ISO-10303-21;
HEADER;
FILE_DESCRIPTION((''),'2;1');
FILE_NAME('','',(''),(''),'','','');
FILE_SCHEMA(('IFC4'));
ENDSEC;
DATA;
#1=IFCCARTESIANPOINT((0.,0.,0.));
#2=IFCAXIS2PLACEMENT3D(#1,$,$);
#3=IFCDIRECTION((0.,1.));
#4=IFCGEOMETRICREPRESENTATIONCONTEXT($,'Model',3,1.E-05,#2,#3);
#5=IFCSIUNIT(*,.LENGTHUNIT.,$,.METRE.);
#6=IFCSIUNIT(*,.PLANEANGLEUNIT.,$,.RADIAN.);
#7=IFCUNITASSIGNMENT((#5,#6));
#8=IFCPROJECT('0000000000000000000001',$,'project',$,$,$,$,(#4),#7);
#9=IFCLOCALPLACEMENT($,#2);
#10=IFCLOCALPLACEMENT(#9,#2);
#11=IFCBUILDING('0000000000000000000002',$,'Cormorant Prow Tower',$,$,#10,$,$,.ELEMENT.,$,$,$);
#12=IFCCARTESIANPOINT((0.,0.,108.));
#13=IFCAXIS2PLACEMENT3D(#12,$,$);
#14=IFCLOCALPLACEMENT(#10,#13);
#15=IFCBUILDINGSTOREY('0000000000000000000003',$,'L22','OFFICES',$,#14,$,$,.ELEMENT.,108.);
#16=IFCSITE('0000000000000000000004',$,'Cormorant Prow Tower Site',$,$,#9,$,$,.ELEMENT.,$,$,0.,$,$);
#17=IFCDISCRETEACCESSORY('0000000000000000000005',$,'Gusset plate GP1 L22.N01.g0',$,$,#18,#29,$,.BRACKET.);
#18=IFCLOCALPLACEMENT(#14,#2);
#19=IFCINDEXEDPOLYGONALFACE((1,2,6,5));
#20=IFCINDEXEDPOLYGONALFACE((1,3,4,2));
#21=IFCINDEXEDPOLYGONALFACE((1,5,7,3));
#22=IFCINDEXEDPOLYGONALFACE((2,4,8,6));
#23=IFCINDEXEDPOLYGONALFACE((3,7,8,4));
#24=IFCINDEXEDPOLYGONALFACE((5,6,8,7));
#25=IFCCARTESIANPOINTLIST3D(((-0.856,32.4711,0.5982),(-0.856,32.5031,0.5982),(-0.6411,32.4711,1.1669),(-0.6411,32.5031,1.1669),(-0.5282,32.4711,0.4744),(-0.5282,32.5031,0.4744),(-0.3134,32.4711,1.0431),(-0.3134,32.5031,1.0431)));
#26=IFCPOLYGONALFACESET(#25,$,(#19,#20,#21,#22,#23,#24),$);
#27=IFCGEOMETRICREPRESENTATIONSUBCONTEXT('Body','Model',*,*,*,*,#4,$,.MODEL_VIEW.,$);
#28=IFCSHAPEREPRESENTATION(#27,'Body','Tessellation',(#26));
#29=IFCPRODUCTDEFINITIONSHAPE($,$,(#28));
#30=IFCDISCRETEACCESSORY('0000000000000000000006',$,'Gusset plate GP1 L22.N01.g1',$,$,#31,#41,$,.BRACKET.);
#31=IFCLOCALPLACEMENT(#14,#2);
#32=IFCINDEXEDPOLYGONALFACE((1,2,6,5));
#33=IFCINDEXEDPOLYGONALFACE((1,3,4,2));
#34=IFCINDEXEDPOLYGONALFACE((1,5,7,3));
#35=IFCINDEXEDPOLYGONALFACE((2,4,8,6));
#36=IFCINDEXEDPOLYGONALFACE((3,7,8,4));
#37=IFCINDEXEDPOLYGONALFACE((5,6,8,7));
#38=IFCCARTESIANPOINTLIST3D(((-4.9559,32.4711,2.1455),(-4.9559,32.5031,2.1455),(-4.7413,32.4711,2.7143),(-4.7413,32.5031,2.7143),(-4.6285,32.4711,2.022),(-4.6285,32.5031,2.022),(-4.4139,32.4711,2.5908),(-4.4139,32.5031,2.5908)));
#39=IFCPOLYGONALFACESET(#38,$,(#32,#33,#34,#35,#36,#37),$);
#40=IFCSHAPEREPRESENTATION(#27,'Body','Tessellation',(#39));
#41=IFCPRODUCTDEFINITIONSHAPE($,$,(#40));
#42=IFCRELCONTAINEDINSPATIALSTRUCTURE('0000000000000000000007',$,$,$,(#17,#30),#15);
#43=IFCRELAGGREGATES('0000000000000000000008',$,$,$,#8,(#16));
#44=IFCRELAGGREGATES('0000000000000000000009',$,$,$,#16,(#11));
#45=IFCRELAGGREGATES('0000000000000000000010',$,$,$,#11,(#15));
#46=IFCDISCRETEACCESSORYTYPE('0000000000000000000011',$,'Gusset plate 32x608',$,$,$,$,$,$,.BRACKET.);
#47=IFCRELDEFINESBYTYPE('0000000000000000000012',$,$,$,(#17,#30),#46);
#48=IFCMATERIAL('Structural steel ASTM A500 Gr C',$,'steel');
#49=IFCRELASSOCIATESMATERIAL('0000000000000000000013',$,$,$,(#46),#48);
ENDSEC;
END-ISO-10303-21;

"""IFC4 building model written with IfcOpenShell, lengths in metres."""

from ifc_helpers import new_model, si_unit, direction, frame, origin, origin_2d, place, context, subcontext, project, spatial, rectangle, extrude, material, material_profile, profile_set, type_object, element, save


model = new_model("IFC4")

# Units and contexts
model_context = context("Model", 3, precision=1e-05, world=origin(), true_north=direction((0.0, 1.0)))
body_context = subcontext(model_context, "Body", "Model", "MODEL_VIEW")
ifc_project = project(units=[si_unit("LENGTHUNIT", "METRE"), si_unit("PLANEANGLEUNIT", "RADIAN")], contexts=[model_context])

# Site, building, storey
site_placement = place(None, origin())
site = spatial("IfcSite", under=ifc_project, at=site_placement, Name="Cormorant Prow Tower Site", CompositionType="ELEMENT", RefElevation=0.0)
building_placement = place(site_placement, origin())
building = spatial("IfcBuilding", under=site, at=building_placement, Name="Cormorant Prow Tower", CompositionType="ELEMENT")
storey_placement = place(building_placement, frame((0.0, 0.0, 108.0)))
storey = spatial("IfcBuildingStorey", under=building, at=storey_placement, Name="L22", Description="OFFICES", CompositionType="ELEMENT", Elevation=108.0)

# Discrete accessories
ifc_material_1 = material(Name="Structural steel ASTM A500 Gr C", Category="steel")
ifc_material_profile_1 = material_profile(ifc_material_1, rectangle(XDim=0.032, YDim=0.6079, at=origin_2d()), Name="Gusset plate 32x608")
ifc_profile_set_1 = profile_set([ifc_material_profile_1], Name="Structural steel ASTM A500 Gr C")
discrete_accessory_type = type_object("IfcDiscreteAccessoryType", Name="Gusset plate 32x608", PredefinedType="BRACKET", material=ifc_profile_set_1)
discrete_accessory_1_placement = place(storey_placement, frame((-0.7485, 32.4871, 0.8826), z_axis=(0.935467, 0.0, -0.353414), x_axis=(0.0, 1.0, 0.0)))
element("IfcDiscreteAccessory", 1, at=discrete_accessory_1_placement, inside=storey, type_object=discrete_accessory_type, Name="Gusset plate GP1 L22.N01.g0", PredefinedType="BRACKET", context=body_context, shape_type="SweptSolid", body=[
    extrude(rectangle(XDim=0.032, YDim=0.6079, at=origin_2d()), origin(), (0.0, 0.0, 1.0), 0.3503),
])
discrete_accessory_2_placement = place(storey_placement, frame((-4.5212, 32.4871, 2.3064), z_axis=(-0.93561, 0.0, 0.353034), x_axis=(0.0, -1.0, 0.0)))
element("IfcDiscreteAccessory", 2, at=discrete_accessory_2_placement, inside=storey, type_object=discrete_accessory_type, Name="Gusset plate GP1 L22.N01.g1", PredefinedType="BRACKET", context=body_context, shape_type="SweptSolid", body=[
    extrude(rectangle(XDim=0.032, YDim=0.6079, at=origin_2d()), origin(), (0.0, 0.0, 1.0), 0.3499),
])

save(model, "model.ifc")
